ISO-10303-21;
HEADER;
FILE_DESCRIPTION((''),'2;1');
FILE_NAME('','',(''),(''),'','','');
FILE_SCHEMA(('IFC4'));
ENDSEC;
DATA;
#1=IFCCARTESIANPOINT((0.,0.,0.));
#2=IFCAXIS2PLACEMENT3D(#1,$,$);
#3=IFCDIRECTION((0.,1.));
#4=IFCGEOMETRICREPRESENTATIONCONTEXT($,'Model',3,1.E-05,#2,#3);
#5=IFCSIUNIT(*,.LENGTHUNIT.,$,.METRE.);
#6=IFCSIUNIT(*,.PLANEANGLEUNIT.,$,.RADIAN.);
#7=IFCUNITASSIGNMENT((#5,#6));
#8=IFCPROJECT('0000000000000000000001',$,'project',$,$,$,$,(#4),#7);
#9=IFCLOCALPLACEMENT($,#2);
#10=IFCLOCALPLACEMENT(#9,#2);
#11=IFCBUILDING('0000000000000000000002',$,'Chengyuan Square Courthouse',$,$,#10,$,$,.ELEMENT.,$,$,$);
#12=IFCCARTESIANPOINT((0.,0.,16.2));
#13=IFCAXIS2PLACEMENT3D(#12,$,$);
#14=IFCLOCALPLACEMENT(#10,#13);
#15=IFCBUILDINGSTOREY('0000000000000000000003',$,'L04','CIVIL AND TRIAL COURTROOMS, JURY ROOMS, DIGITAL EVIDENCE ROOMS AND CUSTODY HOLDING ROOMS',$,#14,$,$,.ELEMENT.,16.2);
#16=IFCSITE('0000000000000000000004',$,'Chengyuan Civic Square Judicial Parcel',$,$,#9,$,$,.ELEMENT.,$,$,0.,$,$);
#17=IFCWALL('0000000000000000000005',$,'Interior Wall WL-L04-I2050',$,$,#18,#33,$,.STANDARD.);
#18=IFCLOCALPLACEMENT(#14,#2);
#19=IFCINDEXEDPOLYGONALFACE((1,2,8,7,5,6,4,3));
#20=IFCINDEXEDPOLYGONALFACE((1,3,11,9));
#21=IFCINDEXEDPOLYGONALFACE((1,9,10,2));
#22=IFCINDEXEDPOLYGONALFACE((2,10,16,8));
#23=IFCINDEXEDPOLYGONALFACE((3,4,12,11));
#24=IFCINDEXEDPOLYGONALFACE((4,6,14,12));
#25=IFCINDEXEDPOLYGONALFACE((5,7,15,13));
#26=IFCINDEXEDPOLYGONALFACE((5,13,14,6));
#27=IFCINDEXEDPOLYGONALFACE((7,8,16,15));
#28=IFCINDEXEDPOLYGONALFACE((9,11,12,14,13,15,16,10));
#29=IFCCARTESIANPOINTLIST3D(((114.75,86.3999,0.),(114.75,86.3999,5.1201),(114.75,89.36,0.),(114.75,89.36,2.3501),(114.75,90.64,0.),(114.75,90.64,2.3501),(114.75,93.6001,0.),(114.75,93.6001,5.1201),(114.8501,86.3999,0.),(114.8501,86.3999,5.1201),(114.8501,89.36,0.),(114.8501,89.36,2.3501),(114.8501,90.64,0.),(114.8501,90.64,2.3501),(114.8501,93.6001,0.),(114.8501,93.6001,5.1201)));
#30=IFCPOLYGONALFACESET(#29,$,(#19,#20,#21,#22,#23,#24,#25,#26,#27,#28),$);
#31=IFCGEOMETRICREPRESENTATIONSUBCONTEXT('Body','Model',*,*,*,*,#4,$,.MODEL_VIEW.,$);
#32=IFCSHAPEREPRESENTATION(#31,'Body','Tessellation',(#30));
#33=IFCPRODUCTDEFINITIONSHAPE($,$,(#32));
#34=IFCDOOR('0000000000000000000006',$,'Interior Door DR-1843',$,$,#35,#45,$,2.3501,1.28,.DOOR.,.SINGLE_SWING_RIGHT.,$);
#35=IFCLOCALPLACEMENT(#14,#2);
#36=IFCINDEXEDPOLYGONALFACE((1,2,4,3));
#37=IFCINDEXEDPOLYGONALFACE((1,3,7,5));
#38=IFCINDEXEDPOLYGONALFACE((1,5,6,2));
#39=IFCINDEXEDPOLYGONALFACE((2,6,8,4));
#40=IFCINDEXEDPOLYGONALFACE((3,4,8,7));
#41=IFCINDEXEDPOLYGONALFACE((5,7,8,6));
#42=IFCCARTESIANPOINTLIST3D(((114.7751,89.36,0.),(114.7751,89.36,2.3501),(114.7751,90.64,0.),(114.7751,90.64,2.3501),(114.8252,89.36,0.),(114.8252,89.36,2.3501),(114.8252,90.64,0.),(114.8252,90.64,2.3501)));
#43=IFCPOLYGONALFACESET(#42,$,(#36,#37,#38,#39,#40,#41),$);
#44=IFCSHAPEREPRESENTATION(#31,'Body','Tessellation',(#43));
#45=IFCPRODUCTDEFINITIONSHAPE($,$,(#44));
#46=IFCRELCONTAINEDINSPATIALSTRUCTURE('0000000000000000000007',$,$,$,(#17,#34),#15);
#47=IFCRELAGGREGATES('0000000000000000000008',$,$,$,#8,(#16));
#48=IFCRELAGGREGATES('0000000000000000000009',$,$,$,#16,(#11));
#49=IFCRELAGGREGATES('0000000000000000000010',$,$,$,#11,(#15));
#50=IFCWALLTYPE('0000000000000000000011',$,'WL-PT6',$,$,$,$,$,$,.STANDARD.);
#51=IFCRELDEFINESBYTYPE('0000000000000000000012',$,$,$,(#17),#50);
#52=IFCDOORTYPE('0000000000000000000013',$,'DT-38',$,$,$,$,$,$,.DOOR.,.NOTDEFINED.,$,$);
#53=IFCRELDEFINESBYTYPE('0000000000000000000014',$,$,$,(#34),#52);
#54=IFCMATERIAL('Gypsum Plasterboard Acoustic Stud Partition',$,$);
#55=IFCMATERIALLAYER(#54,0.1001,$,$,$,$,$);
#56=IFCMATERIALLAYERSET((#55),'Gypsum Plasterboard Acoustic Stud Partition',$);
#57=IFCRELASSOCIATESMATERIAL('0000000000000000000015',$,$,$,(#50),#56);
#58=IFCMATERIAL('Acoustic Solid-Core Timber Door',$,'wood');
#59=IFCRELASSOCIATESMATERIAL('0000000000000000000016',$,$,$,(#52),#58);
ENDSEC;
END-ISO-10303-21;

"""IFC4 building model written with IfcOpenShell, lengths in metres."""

from ifc_helpers import new_model, si_unit, direction, frame, frame_2d, origin, place, context, subcontext, project, spatial, rectangle, extrude, material, layer, layer_set, type_object, element, fill, save


model = new_model("IFC4")

# Units and contexts
model_context = context("Model", 3, precision=1e-05, world=origin(), true_north=direction((0.0, 1.0)))
body_context = subcontext(model_context, "Body", "Model", "MODEL_VIEW")
ifc_project = project(units=[si_unit("LENGTHUNIT", "METRE"), si_unit("PLANEANGLEUNIT", "RADIAN")], contexts=[model_context])

# Site, building, storey
site_placement = place(None, origin())
site = spatial("IfcSite", under=ifc_project, at=site_placement, Name="Chengyuan Civic Square Judicial Parcel", CompositionType="ELEMENT", RefElevation=0.0)
building_placement = place(site_placement, origin())
building = spatial("IfcBuilding", under=site, at=building_placement, Name="Chengyuan Square Courthouse", CompositionType="ELEMENT")
storey_placement = place(building_placement, frame((0.0, 0.0, 16.2)))
storey = spatial("IfcBuildingStorey", under=building, at=storey_placement, Name="L04", Description="CIVIL AND TRIAL COURTROOMS, JURY ROOMS, DIGITAL EVIDENCE ROOMS AND CUSTODY HOLDING ROOMS", CompositionType="ELEMENT", Elevation=16.2)

# Shared definitions
ifc_material_1 = material(Name="Gypsum Plasterboard Acoustic Stud Partition")
ifc_layer_1 = layer(ifc_material_1, 0.1001)
ifc_layer_set_1 = layer_set([ifc_layer_1], Name="Gypsum Plasterboard Acoustic Stud Partition")
wall_type_1 = type_object("IfcWallType", Name="WL-PT6", PredefinedType="STANDARD", material=ifc_layer_set_1)
ifc_material_2 = material(Name="Acoustic Solid-Core Timber Door", Category="wood")

# Wall, opening, door
wall_1_placement = place(storey_placement, frame((114.8, 86.3999, 0.0), z_axis=(0.0, 0.0, 1.0), x_axis=(0.0, 1.0, 0.0)))
wall_1 = element("IfcWall", 1, at=wall_1_placement, inside=storey, type_object=wall_type_1, Name="Interior Wall WL-L04-I2050", PredefinedType="STANDARD", context=body_context, shape_type="SweptSolid", body=[
    extrude(rectangle(XDim=7.2002, YDim=0.1001, at=frame_2d((3.6001, 0.0))), origin(), (0.0, 0.0, 1.0), 5.1201),
])
opening_1_placement = place(wall_1_placement, frame((2.96, 0.0, 0.0)))
opening_1 = element("IfcOpeningElement", 2, at=opening_1_placement, cuts=wall_1, PredefinedType="OPENING", context=body_context, shape_type="SweptSolid", body=[
    extrude(rectangle(XDim=1.28, YDim=2.3501, at=frame_2d((0.6401, 1.175))), frame((0.0, 0.062, 0.0), z_axis=(0.0, -1.0, 0.0), x_axis=(1.0, 0.0, 0.0)), (0.0, 0.0, 1.0), 0.124),
])
door_type_1 = type_object("IfcDoorType", Name="DT-38", OperationType="NOTDEFINED", PredefinedType="DOOR", material=ifc_material_2)
door_1_placement = place(opening_1_placement, origin())
door_1 = element("IfcDoor", 3, at=door_1_placement, inside=storey, type_object=door_type_1, Name="Interior Door DR-1843", OperationType="SINGLE_SWING_RIGHT", OverallHeight=2.3501, OverallWidth=1.28, PredefinedType="DOOR", context=body_context, shape_type="SweptSolid", body=[
    extrude(rectangle(XDim=1.28, YDim=2.3501, at=frame_2d((0.6401, 1.175))), frame((0.0, 0.0249, 0.0), z_axis=(0.0, -1.0, 0.0), x_axis=(1.0, 0.0, 0.0)), (0.0, 0.0, 1.0), 0.05),
])
fill(opening_1, door_1)

save(model, "model.ifc")
